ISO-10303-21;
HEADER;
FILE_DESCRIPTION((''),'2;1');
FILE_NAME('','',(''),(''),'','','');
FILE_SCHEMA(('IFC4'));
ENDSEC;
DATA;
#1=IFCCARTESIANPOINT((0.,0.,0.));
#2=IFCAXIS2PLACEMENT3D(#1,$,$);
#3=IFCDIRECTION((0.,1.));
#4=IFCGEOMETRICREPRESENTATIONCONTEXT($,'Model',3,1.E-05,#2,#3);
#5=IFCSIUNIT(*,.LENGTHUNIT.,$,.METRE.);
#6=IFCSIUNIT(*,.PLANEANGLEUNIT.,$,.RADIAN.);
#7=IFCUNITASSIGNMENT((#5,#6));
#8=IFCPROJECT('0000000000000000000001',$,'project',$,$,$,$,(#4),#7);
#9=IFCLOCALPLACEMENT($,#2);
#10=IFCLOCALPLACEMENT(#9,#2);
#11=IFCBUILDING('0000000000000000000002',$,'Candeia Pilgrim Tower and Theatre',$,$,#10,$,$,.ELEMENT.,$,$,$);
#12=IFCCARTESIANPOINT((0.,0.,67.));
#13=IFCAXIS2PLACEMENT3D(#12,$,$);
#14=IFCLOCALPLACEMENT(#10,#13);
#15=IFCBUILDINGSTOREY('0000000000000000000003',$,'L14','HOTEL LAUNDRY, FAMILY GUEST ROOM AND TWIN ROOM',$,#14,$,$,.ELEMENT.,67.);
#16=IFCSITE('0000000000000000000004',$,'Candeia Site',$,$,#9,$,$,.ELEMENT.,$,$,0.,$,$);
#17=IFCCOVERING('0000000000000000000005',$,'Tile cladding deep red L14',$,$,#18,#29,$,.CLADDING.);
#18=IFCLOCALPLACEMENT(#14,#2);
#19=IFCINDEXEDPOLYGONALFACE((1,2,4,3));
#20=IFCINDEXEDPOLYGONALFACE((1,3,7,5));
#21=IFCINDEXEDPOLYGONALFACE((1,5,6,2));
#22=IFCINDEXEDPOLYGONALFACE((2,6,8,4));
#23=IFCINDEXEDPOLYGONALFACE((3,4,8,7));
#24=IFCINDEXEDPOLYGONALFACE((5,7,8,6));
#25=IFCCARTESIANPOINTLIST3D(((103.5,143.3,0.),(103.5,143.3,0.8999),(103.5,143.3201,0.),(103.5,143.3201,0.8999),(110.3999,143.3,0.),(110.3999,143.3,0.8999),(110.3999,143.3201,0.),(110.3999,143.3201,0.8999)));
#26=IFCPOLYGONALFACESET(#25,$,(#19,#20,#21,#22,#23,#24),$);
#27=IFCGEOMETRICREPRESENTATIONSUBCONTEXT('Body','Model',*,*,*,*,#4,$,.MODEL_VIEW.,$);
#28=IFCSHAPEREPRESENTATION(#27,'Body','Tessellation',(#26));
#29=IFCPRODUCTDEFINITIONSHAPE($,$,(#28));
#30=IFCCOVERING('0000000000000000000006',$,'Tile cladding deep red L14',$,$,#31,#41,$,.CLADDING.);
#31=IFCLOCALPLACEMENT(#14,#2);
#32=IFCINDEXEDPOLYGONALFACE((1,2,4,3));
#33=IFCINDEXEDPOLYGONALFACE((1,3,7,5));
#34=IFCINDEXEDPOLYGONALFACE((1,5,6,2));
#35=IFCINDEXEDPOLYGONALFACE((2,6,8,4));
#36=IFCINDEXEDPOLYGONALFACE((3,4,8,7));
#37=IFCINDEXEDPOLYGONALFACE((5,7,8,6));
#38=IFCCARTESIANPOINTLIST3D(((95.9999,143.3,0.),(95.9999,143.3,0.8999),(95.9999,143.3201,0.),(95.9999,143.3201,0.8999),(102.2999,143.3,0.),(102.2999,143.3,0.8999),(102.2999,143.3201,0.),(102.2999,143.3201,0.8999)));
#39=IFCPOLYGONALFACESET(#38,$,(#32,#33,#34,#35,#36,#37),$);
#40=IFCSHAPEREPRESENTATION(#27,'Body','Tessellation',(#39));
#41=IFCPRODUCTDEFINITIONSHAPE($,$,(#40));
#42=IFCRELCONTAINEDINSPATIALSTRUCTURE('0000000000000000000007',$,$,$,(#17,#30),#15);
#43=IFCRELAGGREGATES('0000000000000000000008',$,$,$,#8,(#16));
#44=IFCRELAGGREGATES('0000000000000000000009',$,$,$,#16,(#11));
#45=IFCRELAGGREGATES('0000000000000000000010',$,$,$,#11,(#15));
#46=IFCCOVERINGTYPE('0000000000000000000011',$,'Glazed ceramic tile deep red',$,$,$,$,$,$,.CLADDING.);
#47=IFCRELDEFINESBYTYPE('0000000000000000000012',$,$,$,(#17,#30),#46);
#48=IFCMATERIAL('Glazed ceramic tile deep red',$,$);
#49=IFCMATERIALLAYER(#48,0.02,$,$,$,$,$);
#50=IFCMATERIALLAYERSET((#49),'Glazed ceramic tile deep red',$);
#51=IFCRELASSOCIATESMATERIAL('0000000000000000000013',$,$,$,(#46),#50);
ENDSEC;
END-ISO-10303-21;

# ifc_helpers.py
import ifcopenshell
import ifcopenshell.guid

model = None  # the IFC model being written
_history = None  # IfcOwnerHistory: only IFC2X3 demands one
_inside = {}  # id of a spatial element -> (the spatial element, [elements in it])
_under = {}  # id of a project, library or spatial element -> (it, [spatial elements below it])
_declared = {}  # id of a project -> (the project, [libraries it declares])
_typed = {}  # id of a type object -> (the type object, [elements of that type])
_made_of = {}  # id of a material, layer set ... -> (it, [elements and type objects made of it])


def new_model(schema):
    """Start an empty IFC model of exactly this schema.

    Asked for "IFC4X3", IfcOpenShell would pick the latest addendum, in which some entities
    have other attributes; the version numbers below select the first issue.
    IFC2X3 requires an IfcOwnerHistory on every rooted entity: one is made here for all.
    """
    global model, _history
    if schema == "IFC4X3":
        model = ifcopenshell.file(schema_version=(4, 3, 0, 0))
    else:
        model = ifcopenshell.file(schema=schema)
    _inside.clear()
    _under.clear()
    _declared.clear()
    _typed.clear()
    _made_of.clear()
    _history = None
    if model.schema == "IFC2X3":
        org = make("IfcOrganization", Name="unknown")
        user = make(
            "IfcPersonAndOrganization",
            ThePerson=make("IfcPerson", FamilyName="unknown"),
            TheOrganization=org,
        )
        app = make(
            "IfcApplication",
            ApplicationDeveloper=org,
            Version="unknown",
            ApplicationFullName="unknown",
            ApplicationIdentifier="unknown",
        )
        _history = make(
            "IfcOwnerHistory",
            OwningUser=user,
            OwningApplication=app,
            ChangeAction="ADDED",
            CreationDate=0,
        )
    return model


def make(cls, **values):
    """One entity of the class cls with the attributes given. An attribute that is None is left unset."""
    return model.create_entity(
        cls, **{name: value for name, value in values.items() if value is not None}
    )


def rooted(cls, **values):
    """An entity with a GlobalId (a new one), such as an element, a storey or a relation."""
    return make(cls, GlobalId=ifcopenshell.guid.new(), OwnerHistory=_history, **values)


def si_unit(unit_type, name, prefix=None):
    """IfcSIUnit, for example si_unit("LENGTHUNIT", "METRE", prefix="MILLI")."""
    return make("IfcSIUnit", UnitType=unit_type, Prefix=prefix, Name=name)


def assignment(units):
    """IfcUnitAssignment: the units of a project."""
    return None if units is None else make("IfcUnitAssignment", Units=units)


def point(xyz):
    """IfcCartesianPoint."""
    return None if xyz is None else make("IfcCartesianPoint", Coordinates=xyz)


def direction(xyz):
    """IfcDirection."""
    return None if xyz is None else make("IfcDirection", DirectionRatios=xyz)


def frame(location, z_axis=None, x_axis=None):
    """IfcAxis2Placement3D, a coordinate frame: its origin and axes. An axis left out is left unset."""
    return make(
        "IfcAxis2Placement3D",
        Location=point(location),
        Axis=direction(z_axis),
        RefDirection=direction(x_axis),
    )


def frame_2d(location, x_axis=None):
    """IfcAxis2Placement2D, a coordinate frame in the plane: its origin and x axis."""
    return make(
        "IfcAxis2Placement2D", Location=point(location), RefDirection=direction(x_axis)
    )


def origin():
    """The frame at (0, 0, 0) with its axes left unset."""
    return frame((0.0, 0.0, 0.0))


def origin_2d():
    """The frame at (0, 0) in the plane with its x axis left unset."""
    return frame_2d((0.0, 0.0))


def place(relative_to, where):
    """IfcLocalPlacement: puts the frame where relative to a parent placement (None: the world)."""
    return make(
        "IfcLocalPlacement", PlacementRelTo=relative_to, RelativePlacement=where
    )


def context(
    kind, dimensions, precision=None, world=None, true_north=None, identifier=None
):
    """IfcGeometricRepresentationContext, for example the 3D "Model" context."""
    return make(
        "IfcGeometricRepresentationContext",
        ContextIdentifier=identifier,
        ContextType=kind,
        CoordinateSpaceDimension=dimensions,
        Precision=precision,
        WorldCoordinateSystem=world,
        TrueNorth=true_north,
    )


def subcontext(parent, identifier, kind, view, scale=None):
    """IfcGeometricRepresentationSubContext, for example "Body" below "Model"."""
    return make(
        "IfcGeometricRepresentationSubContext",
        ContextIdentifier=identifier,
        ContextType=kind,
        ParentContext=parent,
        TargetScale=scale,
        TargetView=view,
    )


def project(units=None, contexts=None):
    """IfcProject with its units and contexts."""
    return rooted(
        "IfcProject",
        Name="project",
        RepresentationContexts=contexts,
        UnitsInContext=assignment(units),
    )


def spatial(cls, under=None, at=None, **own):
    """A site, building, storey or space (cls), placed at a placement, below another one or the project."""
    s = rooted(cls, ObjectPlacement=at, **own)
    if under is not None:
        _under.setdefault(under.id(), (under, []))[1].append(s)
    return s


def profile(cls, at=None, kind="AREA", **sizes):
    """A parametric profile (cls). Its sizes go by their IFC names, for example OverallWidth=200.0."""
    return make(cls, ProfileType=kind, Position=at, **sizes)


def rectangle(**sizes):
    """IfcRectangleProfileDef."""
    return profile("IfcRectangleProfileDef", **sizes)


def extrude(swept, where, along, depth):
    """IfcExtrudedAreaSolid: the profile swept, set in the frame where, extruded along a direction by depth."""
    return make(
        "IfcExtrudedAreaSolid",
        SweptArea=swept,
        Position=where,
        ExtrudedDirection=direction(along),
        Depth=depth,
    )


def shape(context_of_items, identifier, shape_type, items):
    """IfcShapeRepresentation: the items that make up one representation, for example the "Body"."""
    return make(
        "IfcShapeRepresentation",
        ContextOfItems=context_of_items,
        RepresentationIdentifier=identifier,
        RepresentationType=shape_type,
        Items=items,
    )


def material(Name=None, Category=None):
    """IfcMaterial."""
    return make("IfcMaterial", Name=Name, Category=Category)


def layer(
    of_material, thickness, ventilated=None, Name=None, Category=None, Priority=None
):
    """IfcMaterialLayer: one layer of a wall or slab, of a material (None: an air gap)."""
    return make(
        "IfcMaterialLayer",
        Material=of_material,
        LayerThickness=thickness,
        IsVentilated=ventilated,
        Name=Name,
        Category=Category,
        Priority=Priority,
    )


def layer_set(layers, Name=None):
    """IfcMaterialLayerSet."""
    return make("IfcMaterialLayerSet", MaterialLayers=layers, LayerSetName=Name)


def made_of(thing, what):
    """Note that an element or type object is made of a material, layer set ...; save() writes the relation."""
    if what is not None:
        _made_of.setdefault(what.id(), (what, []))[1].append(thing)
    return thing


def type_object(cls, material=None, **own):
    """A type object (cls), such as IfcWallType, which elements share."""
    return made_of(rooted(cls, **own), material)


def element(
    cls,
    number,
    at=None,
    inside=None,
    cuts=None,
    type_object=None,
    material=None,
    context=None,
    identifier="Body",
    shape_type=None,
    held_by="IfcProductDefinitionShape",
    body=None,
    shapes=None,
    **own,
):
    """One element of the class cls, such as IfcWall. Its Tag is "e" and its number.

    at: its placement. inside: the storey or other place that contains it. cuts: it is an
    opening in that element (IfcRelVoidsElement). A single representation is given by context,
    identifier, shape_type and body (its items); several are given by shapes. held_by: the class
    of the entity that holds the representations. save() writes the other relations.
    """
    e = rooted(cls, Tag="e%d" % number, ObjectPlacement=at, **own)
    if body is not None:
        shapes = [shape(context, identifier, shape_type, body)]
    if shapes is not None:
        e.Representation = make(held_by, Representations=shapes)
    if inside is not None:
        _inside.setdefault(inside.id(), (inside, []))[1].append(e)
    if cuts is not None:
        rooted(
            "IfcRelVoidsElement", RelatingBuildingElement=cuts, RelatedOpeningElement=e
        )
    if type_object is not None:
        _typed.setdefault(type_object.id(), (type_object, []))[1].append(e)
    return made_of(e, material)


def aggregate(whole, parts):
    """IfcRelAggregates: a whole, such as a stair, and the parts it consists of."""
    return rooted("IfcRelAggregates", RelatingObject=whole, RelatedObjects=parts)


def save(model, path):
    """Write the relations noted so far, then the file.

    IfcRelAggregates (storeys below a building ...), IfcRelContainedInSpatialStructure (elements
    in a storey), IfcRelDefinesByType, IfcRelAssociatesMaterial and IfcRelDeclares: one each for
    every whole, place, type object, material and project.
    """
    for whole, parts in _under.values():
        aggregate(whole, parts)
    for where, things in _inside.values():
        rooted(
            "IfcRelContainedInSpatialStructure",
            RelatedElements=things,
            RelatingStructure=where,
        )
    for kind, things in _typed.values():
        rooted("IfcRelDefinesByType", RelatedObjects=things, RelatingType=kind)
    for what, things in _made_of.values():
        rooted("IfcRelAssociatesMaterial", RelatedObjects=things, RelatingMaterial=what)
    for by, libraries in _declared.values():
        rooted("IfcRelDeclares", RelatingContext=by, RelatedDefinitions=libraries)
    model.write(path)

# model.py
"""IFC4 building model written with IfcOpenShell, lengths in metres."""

from ifc_helpers import new_model, si_unit, direction, frame, origin, origin_2d, place, context, subcontext, project, spatial, rectangle, extrude, material, layer, layer_set, type_object, element, save


model = new_model("IFC4")

# Units and contexts
model_context = context("Model", 3, precision=1e-05, world=origin(), true_north=direction((0.0, 1.0)))
body_context = subcontext(model_context, "Body", "Model", "MODEL_VIEW")
ifc_project = project(units=[si_unit("LENGTHUNIT", "METRE"), si_unit("PLANEANGLEUNIT", "RADIAN")], contexts=[model_context])

# Site, building, storey
site_placement = place(None, origin())
site = spatial("IfcSite", under=ifc_project, at=site_placement, Name="Candeia Site", CompositionType="ELEMENT", RefElevation=0.0)
building_placement = place(site_placement, origin())
building = spatial("IfcBuilding", under=site, at=building_placement, Name="Candeia Pilgrim Tower and Theatre", CompositionType="ELEMENT")
storey_placement = place(building_placement, frame((0.0, 0.0, 67.0)))
storey = spatial("IfcBuildingStorey", under=building, at=storey_placement, Name="L14", Description="HOTEL LAUNDRY, FAMILY GUEST ROOM AND TWIN ROOM", CompositionType="ELEMENT", Elevation=67.0)

# Coverings
ifc_material_1 = material(Name="Glazed ceramic tile deep red")
ifc_layer_1 = layer(ifc_material_1, 0.02)
ifc_layer_set_1 = layer_set([ifc_layer_1], Name="Glazed ceramic tile deep red")
covering_type = type_object("IfcCoveringType", Name="Glazed ceramic tile deep red", PredefinedType="CLADDING", material=ifc_layer_set_1)
covering_1_placement = place(storey_placement, frame((106.95, 143.3101, 0.0), z_axis=(0.0, 0.0, 1.0), x_axis=(-1.0, 0.0, 0.0)))
element("IfcCovering", 1, at=covering_1_placement, inside=storey, type_object=covering_type, Name="Tile cladding deep red L14", PredefinedType="CLADDING", context=body_context, shape_type="SweptSolid", body=[
    extrude(rectangle(XDim=6.8999, YDim=0.02, at=origin_2d()), origin(), (0.0, 0.0, 1.0), 0.8999),
])
covering_2_placement = place(storey_placement, frame((99.1499, 143.3101, 0.0), z_axis=(0.0, 0.0, 1.0), x_axis=(-1.0, 0.0, 0.0)))
element("IfcCovering", 2, at=covering_2_placement, inside=storey, type_object=covering_type, Name="Tile cladding deep red L14", PredefinedType="CLADDING", context=body_context, shape_type="SweptSolid", body=[
    extrude(rectangle(XDim=6.3, YDim=0.02, at=origin_2d()), origin(), (0.0, 0.0, 1.0), 0.8999),
])

save(model, "model.ifc")
